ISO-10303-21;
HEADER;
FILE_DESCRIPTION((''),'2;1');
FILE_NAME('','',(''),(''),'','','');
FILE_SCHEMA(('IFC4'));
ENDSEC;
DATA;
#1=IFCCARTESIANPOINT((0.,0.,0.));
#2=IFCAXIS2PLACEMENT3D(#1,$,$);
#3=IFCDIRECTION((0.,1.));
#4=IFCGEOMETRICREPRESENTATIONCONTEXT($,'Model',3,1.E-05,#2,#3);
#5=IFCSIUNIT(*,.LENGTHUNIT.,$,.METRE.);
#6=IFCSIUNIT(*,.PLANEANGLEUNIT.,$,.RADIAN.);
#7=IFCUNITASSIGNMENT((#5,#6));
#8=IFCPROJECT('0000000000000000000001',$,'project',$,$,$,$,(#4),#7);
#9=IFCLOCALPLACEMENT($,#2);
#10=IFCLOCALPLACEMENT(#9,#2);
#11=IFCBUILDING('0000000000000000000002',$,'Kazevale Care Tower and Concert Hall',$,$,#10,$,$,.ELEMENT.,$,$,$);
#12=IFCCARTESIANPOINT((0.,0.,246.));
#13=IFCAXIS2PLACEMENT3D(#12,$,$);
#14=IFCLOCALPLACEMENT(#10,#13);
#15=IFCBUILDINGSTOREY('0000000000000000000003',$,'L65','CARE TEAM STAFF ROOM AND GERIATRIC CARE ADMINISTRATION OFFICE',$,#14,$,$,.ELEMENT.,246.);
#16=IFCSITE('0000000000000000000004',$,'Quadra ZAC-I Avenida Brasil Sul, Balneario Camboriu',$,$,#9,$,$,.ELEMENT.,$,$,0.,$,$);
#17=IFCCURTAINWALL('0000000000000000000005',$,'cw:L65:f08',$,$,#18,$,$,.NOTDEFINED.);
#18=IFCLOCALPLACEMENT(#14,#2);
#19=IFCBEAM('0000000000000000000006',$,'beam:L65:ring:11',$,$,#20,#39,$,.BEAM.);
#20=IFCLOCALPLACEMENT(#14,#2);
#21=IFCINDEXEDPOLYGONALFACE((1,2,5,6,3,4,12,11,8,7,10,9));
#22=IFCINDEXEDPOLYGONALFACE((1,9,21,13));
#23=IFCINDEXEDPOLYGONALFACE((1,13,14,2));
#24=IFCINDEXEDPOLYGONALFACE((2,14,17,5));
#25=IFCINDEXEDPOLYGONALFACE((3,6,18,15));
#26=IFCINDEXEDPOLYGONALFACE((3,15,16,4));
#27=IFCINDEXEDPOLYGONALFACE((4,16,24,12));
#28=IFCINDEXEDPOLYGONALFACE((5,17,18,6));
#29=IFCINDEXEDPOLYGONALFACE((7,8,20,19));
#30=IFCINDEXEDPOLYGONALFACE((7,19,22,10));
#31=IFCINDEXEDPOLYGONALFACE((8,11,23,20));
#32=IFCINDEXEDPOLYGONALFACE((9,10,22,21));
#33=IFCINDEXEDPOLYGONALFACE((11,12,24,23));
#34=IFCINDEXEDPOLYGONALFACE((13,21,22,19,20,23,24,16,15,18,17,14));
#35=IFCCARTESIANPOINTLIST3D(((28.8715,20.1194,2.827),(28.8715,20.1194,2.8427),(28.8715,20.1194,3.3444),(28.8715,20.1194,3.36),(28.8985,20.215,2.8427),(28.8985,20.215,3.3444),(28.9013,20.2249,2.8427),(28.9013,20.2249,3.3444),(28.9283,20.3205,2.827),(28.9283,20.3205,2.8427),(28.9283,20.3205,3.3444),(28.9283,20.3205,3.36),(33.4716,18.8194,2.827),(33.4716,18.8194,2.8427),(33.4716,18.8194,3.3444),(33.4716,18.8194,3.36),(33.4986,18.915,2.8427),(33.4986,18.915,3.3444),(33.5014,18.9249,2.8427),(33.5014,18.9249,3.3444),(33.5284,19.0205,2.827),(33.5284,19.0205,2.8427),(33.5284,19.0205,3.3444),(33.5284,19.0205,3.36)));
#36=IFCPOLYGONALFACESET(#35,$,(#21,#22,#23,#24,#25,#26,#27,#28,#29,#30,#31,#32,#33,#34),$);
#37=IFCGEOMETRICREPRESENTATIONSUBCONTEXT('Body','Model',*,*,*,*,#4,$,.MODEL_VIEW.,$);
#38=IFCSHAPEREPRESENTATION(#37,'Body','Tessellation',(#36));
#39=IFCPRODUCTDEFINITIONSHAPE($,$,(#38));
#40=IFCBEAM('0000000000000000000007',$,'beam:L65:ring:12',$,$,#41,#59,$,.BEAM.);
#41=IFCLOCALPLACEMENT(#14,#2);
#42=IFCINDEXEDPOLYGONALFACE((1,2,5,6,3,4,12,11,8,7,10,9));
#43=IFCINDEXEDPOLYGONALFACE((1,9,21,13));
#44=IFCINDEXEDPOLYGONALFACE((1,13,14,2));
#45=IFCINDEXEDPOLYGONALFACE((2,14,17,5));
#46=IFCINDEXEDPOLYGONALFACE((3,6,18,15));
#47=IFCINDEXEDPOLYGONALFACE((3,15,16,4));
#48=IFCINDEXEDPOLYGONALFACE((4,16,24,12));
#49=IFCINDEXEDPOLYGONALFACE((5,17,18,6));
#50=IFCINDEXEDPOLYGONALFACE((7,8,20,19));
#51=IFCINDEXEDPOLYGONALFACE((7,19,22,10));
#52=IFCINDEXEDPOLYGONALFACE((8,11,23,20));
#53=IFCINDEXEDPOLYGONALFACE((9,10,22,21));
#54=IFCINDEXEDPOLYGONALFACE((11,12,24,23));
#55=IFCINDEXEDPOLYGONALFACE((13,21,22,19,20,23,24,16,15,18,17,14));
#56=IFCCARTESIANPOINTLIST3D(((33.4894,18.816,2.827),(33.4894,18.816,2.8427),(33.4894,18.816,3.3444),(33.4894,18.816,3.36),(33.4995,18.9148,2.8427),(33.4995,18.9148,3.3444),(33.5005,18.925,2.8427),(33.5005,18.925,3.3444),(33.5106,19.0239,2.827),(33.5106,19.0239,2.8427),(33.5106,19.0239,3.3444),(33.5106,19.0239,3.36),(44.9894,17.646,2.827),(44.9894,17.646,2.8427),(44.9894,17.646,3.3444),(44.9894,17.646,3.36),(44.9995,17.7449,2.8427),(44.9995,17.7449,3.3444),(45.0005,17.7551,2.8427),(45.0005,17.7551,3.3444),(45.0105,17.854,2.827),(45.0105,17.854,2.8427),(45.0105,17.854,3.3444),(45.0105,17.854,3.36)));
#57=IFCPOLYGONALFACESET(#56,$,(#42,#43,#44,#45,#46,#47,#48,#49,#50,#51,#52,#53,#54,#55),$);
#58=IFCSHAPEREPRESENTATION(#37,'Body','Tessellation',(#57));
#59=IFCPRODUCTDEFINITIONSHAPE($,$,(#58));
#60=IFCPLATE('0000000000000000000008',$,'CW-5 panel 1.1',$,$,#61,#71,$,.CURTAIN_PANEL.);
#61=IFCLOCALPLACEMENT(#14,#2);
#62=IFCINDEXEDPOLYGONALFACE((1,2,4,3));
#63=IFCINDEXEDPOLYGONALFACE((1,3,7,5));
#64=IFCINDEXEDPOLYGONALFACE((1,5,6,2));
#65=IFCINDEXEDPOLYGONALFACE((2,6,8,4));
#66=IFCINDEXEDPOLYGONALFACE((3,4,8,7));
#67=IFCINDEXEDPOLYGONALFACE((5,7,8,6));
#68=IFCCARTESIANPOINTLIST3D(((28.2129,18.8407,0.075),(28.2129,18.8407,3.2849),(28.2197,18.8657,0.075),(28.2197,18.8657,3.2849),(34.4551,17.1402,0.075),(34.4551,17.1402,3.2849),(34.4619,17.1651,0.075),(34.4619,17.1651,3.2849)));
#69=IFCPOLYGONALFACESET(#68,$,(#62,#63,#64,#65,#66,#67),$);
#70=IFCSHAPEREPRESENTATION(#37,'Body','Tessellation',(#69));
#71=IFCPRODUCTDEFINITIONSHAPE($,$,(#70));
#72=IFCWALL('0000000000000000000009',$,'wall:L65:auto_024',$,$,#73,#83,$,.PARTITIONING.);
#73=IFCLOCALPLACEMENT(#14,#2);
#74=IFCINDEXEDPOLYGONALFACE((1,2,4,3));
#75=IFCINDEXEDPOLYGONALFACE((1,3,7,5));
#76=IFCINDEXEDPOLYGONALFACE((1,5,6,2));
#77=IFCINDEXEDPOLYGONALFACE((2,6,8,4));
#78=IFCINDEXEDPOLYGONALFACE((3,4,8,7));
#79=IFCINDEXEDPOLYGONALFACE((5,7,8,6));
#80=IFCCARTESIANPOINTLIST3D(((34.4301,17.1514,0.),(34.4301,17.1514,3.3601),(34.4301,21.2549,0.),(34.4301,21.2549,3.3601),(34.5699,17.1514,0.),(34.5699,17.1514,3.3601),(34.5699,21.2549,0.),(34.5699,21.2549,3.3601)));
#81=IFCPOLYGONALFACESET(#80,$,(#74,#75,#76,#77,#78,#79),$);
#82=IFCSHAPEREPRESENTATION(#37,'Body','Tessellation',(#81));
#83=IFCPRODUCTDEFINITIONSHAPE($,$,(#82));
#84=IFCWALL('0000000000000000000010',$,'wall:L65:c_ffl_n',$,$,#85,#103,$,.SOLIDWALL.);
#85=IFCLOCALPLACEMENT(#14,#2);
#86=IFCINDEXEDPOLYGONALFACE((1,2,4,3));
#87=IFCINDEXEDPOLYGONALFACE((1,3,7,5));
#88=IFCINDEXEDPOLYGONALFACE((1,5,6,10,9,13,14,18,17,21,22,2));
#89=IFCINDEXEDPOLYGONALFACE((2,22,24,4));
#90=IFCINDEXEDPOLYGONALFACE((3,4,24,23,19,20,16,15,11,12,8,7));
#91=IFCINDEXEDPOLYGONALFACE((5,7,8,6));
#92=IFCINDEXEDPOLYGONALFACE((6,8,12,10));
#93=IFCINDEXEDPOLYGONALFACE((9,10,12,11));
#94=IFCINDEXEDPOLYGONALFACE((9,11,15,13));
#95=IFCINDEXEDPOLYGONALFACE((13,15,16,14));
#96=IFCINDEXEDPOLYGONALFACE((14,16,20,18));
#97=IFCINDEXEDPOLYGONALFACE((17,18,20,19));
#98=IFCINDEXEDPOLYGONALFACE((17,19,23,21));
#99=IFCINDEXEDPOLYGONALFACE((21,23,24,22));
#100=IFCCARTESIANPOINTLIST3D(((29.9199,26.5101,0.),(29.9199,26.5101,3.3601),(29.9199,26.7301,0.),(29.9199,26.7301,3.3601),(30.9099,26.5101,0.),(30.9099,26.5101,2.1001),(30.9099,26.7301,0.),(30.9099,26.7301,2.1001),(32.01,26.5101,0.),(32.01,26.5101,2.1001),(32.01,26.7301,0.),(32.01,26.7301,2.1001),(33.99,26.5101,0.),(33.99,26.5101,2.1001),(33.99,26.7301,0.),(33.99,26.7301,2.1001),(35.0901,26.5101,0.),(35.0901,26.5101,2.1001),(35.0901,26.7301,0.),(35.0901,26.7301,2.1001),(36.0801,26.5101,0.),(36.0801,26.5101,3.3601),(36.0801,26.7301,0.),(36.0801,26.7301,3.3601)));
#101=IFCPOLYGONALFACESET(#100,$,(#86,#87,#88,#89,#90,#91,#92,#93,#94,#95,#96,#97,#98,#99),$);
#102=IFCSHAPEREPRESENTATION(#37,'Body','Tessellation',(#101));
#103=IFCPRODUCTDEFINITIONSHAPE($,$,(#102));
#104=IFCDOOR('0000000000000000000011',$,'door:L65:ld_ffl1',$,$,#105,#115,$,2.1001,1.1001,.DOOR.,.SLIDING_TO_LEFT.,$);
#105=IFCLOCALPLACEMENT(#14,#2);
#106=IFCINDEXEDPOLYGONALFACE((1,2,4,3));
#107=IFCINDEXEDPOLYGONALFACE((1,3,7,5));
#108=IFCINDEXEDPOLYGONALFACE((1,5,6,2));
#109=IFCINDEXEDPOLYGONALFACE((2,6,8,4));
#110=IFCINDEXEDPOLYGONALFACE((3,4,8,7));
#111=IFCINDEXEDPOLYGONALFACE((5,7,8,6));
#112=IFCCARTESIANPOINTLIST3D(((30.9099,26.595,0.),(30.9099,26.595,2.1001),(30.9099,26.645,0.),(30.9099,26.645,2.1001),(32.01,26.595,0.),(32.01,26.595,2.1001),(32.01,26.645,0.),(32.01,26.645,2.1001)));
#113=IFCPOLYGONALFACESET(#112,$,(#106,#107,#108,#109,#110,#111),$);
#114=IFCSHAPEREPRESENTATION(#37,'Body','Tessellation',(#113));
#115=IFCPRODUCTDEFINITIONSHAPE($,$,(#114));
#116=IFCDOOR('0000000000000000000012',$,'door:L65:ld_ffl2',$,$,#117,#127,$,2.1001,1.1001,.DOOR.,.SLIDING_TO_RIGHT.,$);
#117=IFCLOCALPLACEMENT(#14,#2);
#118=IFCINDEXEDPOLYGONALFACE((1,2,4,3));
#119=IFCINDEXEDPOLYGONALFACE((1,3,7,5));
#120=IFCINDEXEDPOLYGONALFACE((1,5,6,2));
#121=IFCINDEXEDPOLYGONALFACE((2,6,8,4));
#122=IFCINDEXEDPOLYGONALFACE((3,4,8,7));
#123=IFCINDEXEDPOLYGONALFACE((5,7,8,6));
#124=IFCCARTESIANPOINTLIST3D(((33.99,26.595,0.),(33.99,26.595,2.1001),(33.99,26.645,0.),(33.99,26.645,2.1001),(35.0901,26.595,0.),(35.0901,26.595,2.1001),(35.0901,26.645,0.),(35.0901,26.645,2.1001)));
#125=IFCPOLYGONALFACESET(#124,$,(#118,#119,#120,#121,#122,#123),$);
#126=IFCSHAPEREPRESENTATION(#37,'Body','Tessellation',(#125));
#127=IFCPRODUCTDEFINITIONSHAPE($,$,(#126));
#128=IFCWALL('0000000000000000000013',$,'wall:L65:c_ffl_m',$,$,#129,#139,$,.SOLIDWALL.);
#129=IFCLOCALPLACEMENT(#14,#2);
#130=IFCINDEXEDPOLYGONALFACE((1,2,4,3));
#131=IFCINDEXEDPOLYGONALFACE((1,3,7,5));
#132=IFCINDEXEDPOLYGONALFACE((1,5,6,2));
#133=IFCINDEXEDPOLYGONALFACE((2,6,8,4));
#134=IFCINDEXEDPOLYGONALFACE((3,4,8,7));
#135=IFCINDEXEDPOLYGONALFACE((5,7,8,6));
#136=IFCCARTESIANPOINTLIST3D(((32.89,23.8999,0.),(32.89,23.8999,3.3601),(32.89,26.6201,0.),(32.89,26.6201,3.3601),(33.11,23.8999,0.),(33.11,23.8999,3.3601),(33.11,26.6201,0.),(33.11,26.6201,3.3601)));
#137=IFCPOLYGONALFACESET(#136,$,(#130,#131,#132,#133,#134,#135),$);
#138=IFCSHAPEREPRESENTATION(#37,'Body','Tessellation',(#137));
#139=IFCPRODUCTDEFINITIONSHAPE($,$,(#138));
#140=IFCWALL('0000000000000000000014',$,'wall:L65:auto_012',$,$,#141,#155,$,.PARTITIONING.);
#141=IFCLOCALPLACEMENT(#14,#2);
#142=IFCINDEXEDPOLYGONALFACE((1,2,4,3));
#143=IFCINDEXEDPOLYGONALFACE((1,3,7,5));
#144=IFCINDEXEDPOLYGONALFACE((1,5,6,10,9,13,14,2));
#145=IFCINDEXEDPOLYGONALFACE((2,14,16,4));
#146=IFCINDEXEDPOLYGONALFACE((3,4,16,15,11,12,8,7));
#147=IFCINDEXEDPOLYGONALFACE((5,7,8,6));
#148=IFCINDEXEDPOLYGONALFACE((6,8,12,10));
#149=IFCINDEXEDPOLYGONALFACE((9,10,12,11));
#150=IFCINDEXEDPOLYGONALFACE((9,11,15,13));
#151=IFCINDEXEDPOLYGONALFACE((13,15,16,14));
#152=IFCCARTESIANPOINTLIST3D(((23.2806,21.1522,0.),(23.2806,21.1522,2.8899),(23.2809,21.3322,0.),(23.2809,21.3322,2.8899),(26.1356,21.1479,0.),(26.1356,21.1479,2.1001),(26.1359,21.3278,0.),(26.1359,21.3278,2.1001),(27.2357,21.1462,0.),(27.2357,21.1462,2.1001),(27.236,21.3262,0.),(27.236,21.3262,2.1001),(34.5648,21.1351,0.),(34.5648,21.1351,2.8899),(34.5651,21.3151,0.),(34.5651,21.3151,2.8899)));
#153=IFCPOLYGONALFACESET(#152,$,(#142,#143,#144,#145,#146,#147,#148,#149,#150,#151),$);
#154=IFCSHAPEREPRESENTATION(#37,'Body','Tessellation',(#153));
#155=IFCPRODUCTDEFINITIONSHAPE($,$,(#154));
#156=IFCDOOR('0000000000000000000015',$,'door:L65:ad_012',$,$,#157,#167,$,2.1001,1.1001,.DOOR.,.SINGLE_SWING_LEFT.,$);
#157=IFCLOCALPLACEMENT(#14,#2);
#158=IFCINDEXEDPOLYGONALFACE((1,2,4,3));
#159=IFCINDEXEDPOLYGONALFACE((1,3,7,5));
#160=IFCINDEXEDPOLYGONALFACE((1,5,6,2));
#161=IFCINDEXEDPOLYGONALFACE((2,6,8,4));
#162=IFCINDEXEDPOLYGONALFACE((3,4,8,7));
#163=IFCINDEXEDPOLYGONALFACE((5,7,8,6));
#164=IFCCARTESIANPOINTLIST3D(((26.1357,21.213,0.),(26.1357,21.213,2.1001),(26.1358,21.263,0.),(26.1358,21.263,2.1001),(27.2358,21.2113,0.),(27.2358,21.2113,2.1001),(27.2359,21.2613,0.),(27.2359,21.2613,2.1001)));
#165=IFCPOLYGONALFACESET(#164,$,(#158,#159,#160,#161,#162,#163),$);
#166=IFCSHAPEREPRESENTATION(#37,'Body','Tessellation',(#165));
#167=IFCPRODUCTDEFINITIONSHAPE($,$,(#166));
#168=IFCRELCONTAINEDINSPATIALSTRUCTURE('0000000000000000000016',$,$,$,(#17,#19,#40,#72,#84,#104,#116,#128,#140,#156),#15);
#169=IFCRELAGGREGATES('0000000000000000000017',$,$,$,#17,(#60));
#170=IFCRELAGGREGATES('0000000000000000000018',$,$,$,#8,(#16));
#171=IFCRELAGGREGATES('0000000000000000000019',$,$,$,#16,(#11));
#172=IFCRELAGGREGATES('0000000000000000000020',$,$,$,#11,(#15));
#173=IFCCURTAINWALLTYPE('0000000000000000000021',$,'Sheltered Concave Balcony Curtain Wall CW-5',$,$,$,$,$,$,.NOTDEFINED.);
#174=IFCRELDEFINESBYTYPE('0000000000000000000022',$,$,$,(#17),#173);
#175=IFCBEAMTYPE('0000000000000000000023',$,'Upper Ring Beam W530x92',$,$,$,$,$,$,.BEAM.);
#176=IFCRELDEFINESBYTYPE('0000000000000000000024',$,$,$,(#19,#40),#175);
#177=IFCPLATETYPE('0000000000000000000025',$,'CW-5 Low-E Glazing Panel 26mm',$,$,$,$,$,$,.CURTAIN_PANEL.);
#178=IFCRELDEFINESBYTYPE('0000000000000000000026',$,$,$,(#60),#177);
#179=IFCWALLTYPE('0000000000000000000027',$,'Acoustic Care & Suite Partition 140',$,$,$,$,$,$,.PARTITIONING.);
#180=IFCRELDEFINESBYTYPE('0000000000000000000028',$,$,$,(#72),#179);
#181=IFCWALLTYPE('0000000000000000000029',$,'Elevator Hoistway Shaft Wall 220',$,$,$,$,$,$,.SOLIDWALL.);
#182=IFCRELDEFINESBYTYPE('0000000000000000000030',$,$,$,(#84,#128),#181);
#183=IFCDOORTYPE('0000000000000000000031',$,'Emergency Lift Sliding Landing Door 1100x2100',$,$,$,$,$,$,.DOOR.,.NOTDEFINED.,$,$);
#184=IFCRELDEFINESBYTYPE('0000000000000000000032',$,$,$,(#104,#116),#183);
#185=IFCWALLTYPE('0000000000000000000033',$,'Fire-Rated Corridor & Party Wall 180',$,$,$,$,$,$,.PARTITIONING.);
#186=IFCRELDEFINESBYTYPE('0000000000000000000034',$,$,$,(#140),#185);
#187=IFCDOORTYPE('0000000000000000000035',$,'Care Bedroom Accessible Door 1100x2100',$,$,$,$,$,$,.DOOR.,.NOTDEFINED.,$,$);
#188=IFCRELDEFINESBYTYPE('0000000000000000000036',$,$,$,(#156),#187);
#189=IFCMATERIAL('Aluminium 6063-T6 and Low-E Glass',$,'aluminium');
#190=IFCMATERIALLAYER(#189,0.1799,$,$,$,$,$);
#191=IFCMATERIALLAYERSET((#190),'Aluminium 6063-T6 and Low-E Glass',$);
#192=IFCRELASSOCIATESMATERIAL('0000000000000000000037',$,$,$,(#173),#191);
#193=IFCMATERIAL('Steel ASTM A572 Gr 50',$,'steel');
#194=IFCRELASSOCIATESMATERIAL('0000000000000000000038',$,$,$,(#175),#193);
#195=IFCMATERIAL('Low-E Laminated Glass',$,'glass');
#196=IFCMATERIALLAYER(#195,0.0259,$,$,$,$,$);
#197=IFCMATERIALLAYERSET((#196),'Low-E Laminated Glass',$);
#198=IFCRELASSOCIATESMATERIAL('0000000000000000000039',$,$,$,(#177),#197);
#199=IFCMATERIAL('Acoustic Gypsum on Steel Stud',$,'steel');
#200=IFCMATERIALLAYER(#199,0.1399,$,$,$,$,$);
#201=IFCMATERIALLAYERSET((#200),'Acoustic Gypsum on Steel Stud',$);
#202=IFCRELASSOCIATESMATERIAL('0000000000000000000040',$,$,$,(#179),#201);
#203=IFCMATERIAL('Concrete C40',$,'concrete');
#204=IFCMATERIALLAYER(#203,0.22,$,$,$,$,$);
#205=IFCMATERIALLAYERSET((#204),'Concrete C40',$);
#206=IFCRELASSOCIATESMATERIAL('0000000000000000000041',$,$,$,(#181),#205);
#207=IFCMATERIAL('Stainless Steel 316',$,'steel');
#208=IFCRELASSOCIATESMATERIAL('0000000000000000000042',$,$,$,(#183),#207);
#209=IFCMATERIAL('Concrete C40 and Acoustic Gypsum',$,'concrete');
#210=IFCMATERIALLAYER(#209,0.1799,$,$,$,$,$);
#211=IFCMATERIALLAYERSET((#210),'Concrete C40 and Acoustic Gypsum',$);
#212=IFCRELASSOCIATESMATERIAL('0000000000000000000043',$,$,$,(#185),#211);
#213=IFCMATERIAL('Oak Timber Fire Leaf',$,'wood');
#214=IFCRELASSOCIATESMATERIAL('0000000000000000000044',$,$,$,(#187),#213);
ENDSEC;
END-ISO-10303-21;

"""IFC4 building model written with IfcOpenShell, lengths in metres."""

from ifc_helpers import new_model, si_unit, direction, frame, frame_2d, origin, origin_2d, place, context, subcontext, project, spatial, rectangle, i_section, extrude, material, layer, layer_set, material_profile, profile_set, type_object, element, fill, aggregate, save


model = new_model("IFC4")

# Units and contexts
model_context = context("Model", 3, precision=1e-05, world=origin(), true_north=direction((0.0, 1.0)))
body_context = subcontext(model_context, "Body", "Model", "MODEL_VIEW")
ifc_project = project(units=[si_unit("LENGTHUNIT", "METRE"), si_unit("PLANEANGLEUNIT", "RADIAN")], contexts=[model_context])

# Site, building, storey
site_placement = place(None, origin())
site = spatial("IfcSite", under=ifc_project, at=site_placement, Name="Quadra ZAC-I Avenida Brasil Sul, Balneario Camboriu", CompositionType="ELEMENT", RefElevation=0.0)
building_placement = place(site_placement, origin())
building = spatial("IfcBuilding", under=site, at=building_placement, Name="Kazevale Care Tower and Concert Hall", CompositionType="ELEMENT")
storey_placement = place(building_placement, frame((0.0, 0.0, 246.0)))
storey = spatial("IfcBuildingStorey", under=building, at=storey_placement, Name="L65", Description="CARE TEAM STAFF ROOM AND GERIATRIC CARE ADMINISTRATION OFFICE", CompositionType="ELEMENT", Elevation=246.0)

# Shared definitions
ifc_material_1 = material(Name="Aluminium 6063-T6 and Low-E Glass", Category="aluminium")
ifc_layer_1 = layer(ifc_material_1, 0.1799)
ifc_layer_set_1 = layer_set([ifc_layer_1], Name="Aluminium 6063-T6 and Low-E Glass")
curtain_wall_type = type_object("IfcCurtainWallType", Name="Sheltered Concave Balcony Curtain Wall CW-5", PredefinedType="NOTDEFINED", material=ifc_layer_set_1)

# Curtain wall
curtain_wall_1_placement = place(storey_placement, origin())
curtain_wall_1 = element("IfcCurtainWall", 1, at=curtain_wall_1_placement, inside=storey, type_object=curtain_wall_type, Name="cw:L65:f08", PredefinedType="NOTDEFINED")

# Beams
ifc_material_2 = material(Name="Steel ASTM A572 Gr 50", Category="steel")
ifc_material_profile_1 = material_profile(ifc_material_2, i_section(OverallWidth=0.209, OverallDepth=0.533, WebThickness=0.0103, FlangeThickness=0.0156, at=origin_2d()), Name="W530x92")
ifc_profile_set_1 = profile_set([ifc_material_profile_1], Name="Steel ASTM A572 Gr 50")
beam_type_1 = type_object("IfcBeamType", Name="Upper Ring Beam W530x92", PredefinedType="BEAM", material=ifc_profile_set_1)
beam_1_placement = place(storey_placement, frame((28.8999, 20.22, 3.0935), z_axis=(0.962308, -0.271961, 0.0), x_axis=(0.271961, 0.962308, 0.0)))
element("IfcBeam", 2, at=beam_1_placement, inside=storey, type_object=beam_type_1, Name="beam:L65:ring:11", PredefinedType="BEAM", context=body_context, shape_type="SweptSolid", body=[
    extrude(i_section(OverallWidth=0.209, OverallDepth=0.533, WebThickness=0.0103, FlangeThickness=0.0156, at=origin_2d()), origin(), (0.0, 0.0, 1.0), 4.7803),
])
beam_2_placement = place(storey_placement, frame((33.5, 18.9199, 3.0935), z_axis=(0.994865, -0.10121, 0.0), x_axis=(0.10121, 0.994865, 0.0)))
element("IfcBeam", 3, at=beam_2_placement, inside=storey, type_object=beam_type_1, Name="beam:L65:ring:12", PredefinedType="BEAM", context=body_context, shape_type="SweptSolid", body=[
    extrude(i_section(OverallWidth=0.209, OverallDepth=0.533, WebThickness=0.0103, FlangeThickness=0.0156, at=origin_2d()), origin(), (0.0, 0.0, 1.0), 11.5593),
])

# Plate
ifc_material_3 = material(Name="Low-E Laminated Glass", Category="glass")
ifc_layer_2 = layer(ifc_material_3, 0.0259)
ifc_layer_set_2 = layer_set([ifc_layer_2], Name="Low-E Laminated Glass")
plate_type = type_object("IfcPlateType", Name="CW-5 Low-E Glazing Panel 26mm", PredefinedType="CURTAIN_PANEL", material=ifc_layer_set_2)
plate_placement = place(storey_placement, frame((31.3374, 18.0029, 0.075), z_axis=(0.0, 0.0, 1.0), x_axis=(-0.964837, 0.262849, 0.0)))
plate = element("IfcPlate", 4, at=plate_placement, type_object=plate_type, Name="CW-5 panel 1.1", PredefinedType="CURTAIN_PANEL", context=body_context, shape_type="SweptSolid", body=[
    extrude(rectangle(XDim=6.4697, YDim=0.0259, at=origin_2d()), origin(), (0.0, 0.0, 1.0), 3.21),
])
aggregate(curtain_wall_1, [plate])

# Wall
ifc_material_4 = material(Name="Acoustic Gypsum on Steel Stud", Category="steel")
ifc_layer_3 = layer(ifc_material_4, 0.1399)
ifc_layer_set_3 = layer_set([ifc_layer_3], Name="Acoustic Gypsum on Steel Stud")
wall_type_1 = type_object("IfcWallType", Name="Acoustic Care & Suite Partition 140", PredefinedType="PARTITIONING", material=ifc_layer_set_3)
wall_1_placement = place(storey_placement, frame((34.5, 21.2549, 0.0), z_axis=(0.0, 0.0, 1.0), x_axis=(0.0, -1.0, 0.0)))
element("IfcWall", 5, at=wall_1_placement, inside=storey, type_object=wall_type_1, Name="wall:L65:auto_024", PredefinedType="PARTITIONING", context=body_context, shape_type="SweptSolid", body=[
    extrude(rectangle(XDim=4.1035, YDim=0.1399, at=frame_2d((2.0518, 0.0))), origin(), (0.0, 0.0, 1.0), 3.3601),
])

# Wall, openings, doors
ifc_material_5 = material(Name="Concrete C40", Category="concrete")
ifc_layer_4 = layer(ifc_material_5, 0.22)
ifc_layer_set_4 = layer_set([ifc_layer_4], Name="Concrete C40")
wall_type_2 = type_object("IfcWallType", Name="Elevator Hoistway Shaft Wall 220", PredefinedType="SOLIDWALL", material=ifc_layer_set_4)
wall_2_placement = place(storey_placement, frame((29.9199, 26.6201, 0.0), z_axis=(0.0, 0.0, 1.0), x_axis=(1.0, 0.0, 0.0)))
wall_2 = element("IfcWall", 6, at=wall_2_placement, inside=storey, type_object=wall_type_2, Name="wall:L65:c_ffl_n", PredefinedType="SOLIDWALL", context=body_context, shape_type="SweptSolid", body=[
    extrude(rectangle(XDim=6.1602, YDim=0.22, at=frame_2d((3.0801, 0.0))), origin(), (0.0, 0.0, 1.0), 3.3601),
])
opening_1_placement = place(wall_2_placement, frame((0.99, 0.0, 0.0)))
opening_1 = element("IfcOpeningElement", 7, at=opening_1_placement, cuts=wall_2, PredefinedType="OPENING", context=body_context, shape_type="SweptSolid", body=[
    extrude(rectangle(XDim=1.1001, YDim=2.1001, at=frame_2d((0.55, 1.05))), frame((0.0, 0.1199, 0.0), z_axis=(0.0, -1.0, 0.0), x_axis=(1.0, 0.0, 0.0)), (0.0, 0.0, 1.0), 0.24),
])
opening_2_placement = place(wall_2_placement, frame((4.0701, 0.0, 0.0)))
opening_2 = element("IfcOpeningElement", 8, at=opening_2_placement, cuts=wall_2, PredefinedType="OPENING", context=body_context, shape_type="SweptSolid", body=[
    extrude(rectangle(XDim=1.1001, YDim=2.1001, at=frame_2d((0.55, 1.05))), frame((0.0, 0.1199, 0.0), z_axis=(0.0, -1.0, 0.0), x_axis=(1.0, 0.0, 0.0)), (0.0, 0.0, 1.0), 0.24),
])
ifc_material_6 = material(Name="Stainless Steel 316", Category="steel")
door_type_1 = type_object("IfcDoorType", Name="Emergency Lift Sliding Landing Door 1100x2100", OperationType="NOTDEFINED", PredefinedType="DOOR", material=ifc_material_6)
door_1_placement = place(opening_1_placement, origin())
door_1 = element("IfcDoor", 9, at=door_1_placement, inside=storey, type_object=door_type_1, Name="door:L65:ld_ffl1", OperationType="SLIDING_TO_LEFT", OverallHeight=2.1001, OverallWidth=1.1001, PredefinedType="DOOR", context=body_context, shape_type="SweptSolid", body=[
    extrude(rectangle(XDim=1.1001, YDim=2.1001, at=frame_2d((0.55, 1.05))), frame((0.0, 0.0249, 0.0), z_axis=(0.0, -1.0, 0.0), x_axis=(1.0, 0.0, 0.0)), (0.0, 0.0, 1.0), 0.05),
])
fill(opening_1, door_1)
door_2_placement = place(opening_2_placement, origin())
door_2 = element("IfcDoor", 10, at=door_2_placement, inside=storey, type_object=door_type_1, Name="door:L65:ld_ffl2", OperationType="SLIDING_TO_RIGHT", OverallHeight=2.1001, OverallWidth=1.1001, PredefinedType="DOOR", context=body_context, shape_type="SweptSolid", body=[
    extrude(rectangle(XDim=1.1001, YDim=2.1001, at=frame_2d((0.55, 1.05))), frame((0.0, 0.0249, 0.0), z_axis=(0.0, -1.0, 0.0), x_axis=(1.0, 0.0, 0.0)), (0.0, 0.0, 1.0), 0.05),
])
fill(opening_2, door_2)

# Wall
wall_3_placement = place(storey_placement, frame((33.0, 23.8999, 0.0), z_axis=(0.0, 0.0, 1.0), x_axis=(0.0, 1.0, 0.0)))
element("IfcWall", 11, at=wall_3_placement, inside=storey, type_object=wall_type_2, Name="wall:L65:c_ffl_m", PredefinedType="SOLIDWALL", context=body_context, shape_type="SweptSolid", body=[
    extrude(rectangle(XDim=2.7202, YDim=0.22, at=frame_2d((1.3601, 0.0))), origin(), (0.0, 0.0, 1.0), 3.3601),
])

# Wall, opening, door
ifc_material_7 = material(Name="Concrete C40 and Acoustic Gypsum", Category="concrete")
ifc_layer_5 = layer(ifc_material_7, 0.1799)
ifc_layer_set_5 = layer_set([ifc_layer_5], Name="Concrete C40 and Acoustic Gypsum")
wall_type_3 = type_object("IfcWallType", Name="Fire-Rated Corridor & Party Wall 180", PredefinedType="PARTITIONING", material=ifc_layer_set_5)
wall_4_placement = place(storey_placement, frame((34.5649, 21.2251, 0.0), z_axis=(0.0, 0.0, 1.0), x_axis=(-0.999999, 0.001514, 0.0)))
wall_4 = element("IfcWall", 12, at=wall_4_placement, inside=storey, type_object=wall_type_3, Name="wall:L65:auto_012", PredefinedType="PARTITIONING", context=body_context, shape_type="SweptSolid", body=[
    extrude(rectangle(XDim=11.2842, YDim=0.1799, at=frame_2d((5.6421, 0.0))), origin(), (0.0, 0.0, 1.0), 2.8899),
])
opening_3_placement = place(wall_4_placement, frame((7.3291, 0.0, 0.0)))
opening_3 = element("IfcOpeningElement", 13, at=opening_3_placement, cuts=wall_4, PredefinedType="OPENING", context=body_context, shape_type="SweptSolid", body=[
    extrude(rectangle(XDim=1.1001, YDim=2.1001, at=frame_2d((0.55, 1.05))), frame((0.0, 0.0999, 0.0), z_axis=(0.0, -1.0, 0.0), x_axis=(1.0, 0.0, 0.0)), (0.0, 0.0, 1.0), 0.2),
])
ifc_material_8 = material(Name="Oak Timber Fire Leaf", Category="wood")
door_type_2 = type_object("IfcDoorType", Name="Care Bedroom Accessible Door 1100x2100", OperationType="NOTDEFINED", PredefinedType="DOOR", material=ifc_material_8)
door_3_placement = place(opening_3_placement, origin())
door_3 = element("IfcDoor", 14, at=door_3_placement, inside=storey, type_object=door_type_2, Name="door:L65:ad_012", OperationType="SINGLE_SWING_LEFT", OverallHeight=2.1001, OverallWidth=1.1001, PredefinedType="DOOR", context=body_context, shape_type="SweptSolid", body=[
    extrude(rectangle(XDim=1.1001, YDim=2.1001, at=frame_2d((0.55, 1.05))), frame((0.0, 0.0249, 0.0), z_axis=(0.0, -1.0, 0.0), x_axis=(1.0, 0.0, 0.0)), (0.0, 0.0, 1.0), 0.05),
])
fill(opening_3, door_3)

save(model, "model.ifc")
